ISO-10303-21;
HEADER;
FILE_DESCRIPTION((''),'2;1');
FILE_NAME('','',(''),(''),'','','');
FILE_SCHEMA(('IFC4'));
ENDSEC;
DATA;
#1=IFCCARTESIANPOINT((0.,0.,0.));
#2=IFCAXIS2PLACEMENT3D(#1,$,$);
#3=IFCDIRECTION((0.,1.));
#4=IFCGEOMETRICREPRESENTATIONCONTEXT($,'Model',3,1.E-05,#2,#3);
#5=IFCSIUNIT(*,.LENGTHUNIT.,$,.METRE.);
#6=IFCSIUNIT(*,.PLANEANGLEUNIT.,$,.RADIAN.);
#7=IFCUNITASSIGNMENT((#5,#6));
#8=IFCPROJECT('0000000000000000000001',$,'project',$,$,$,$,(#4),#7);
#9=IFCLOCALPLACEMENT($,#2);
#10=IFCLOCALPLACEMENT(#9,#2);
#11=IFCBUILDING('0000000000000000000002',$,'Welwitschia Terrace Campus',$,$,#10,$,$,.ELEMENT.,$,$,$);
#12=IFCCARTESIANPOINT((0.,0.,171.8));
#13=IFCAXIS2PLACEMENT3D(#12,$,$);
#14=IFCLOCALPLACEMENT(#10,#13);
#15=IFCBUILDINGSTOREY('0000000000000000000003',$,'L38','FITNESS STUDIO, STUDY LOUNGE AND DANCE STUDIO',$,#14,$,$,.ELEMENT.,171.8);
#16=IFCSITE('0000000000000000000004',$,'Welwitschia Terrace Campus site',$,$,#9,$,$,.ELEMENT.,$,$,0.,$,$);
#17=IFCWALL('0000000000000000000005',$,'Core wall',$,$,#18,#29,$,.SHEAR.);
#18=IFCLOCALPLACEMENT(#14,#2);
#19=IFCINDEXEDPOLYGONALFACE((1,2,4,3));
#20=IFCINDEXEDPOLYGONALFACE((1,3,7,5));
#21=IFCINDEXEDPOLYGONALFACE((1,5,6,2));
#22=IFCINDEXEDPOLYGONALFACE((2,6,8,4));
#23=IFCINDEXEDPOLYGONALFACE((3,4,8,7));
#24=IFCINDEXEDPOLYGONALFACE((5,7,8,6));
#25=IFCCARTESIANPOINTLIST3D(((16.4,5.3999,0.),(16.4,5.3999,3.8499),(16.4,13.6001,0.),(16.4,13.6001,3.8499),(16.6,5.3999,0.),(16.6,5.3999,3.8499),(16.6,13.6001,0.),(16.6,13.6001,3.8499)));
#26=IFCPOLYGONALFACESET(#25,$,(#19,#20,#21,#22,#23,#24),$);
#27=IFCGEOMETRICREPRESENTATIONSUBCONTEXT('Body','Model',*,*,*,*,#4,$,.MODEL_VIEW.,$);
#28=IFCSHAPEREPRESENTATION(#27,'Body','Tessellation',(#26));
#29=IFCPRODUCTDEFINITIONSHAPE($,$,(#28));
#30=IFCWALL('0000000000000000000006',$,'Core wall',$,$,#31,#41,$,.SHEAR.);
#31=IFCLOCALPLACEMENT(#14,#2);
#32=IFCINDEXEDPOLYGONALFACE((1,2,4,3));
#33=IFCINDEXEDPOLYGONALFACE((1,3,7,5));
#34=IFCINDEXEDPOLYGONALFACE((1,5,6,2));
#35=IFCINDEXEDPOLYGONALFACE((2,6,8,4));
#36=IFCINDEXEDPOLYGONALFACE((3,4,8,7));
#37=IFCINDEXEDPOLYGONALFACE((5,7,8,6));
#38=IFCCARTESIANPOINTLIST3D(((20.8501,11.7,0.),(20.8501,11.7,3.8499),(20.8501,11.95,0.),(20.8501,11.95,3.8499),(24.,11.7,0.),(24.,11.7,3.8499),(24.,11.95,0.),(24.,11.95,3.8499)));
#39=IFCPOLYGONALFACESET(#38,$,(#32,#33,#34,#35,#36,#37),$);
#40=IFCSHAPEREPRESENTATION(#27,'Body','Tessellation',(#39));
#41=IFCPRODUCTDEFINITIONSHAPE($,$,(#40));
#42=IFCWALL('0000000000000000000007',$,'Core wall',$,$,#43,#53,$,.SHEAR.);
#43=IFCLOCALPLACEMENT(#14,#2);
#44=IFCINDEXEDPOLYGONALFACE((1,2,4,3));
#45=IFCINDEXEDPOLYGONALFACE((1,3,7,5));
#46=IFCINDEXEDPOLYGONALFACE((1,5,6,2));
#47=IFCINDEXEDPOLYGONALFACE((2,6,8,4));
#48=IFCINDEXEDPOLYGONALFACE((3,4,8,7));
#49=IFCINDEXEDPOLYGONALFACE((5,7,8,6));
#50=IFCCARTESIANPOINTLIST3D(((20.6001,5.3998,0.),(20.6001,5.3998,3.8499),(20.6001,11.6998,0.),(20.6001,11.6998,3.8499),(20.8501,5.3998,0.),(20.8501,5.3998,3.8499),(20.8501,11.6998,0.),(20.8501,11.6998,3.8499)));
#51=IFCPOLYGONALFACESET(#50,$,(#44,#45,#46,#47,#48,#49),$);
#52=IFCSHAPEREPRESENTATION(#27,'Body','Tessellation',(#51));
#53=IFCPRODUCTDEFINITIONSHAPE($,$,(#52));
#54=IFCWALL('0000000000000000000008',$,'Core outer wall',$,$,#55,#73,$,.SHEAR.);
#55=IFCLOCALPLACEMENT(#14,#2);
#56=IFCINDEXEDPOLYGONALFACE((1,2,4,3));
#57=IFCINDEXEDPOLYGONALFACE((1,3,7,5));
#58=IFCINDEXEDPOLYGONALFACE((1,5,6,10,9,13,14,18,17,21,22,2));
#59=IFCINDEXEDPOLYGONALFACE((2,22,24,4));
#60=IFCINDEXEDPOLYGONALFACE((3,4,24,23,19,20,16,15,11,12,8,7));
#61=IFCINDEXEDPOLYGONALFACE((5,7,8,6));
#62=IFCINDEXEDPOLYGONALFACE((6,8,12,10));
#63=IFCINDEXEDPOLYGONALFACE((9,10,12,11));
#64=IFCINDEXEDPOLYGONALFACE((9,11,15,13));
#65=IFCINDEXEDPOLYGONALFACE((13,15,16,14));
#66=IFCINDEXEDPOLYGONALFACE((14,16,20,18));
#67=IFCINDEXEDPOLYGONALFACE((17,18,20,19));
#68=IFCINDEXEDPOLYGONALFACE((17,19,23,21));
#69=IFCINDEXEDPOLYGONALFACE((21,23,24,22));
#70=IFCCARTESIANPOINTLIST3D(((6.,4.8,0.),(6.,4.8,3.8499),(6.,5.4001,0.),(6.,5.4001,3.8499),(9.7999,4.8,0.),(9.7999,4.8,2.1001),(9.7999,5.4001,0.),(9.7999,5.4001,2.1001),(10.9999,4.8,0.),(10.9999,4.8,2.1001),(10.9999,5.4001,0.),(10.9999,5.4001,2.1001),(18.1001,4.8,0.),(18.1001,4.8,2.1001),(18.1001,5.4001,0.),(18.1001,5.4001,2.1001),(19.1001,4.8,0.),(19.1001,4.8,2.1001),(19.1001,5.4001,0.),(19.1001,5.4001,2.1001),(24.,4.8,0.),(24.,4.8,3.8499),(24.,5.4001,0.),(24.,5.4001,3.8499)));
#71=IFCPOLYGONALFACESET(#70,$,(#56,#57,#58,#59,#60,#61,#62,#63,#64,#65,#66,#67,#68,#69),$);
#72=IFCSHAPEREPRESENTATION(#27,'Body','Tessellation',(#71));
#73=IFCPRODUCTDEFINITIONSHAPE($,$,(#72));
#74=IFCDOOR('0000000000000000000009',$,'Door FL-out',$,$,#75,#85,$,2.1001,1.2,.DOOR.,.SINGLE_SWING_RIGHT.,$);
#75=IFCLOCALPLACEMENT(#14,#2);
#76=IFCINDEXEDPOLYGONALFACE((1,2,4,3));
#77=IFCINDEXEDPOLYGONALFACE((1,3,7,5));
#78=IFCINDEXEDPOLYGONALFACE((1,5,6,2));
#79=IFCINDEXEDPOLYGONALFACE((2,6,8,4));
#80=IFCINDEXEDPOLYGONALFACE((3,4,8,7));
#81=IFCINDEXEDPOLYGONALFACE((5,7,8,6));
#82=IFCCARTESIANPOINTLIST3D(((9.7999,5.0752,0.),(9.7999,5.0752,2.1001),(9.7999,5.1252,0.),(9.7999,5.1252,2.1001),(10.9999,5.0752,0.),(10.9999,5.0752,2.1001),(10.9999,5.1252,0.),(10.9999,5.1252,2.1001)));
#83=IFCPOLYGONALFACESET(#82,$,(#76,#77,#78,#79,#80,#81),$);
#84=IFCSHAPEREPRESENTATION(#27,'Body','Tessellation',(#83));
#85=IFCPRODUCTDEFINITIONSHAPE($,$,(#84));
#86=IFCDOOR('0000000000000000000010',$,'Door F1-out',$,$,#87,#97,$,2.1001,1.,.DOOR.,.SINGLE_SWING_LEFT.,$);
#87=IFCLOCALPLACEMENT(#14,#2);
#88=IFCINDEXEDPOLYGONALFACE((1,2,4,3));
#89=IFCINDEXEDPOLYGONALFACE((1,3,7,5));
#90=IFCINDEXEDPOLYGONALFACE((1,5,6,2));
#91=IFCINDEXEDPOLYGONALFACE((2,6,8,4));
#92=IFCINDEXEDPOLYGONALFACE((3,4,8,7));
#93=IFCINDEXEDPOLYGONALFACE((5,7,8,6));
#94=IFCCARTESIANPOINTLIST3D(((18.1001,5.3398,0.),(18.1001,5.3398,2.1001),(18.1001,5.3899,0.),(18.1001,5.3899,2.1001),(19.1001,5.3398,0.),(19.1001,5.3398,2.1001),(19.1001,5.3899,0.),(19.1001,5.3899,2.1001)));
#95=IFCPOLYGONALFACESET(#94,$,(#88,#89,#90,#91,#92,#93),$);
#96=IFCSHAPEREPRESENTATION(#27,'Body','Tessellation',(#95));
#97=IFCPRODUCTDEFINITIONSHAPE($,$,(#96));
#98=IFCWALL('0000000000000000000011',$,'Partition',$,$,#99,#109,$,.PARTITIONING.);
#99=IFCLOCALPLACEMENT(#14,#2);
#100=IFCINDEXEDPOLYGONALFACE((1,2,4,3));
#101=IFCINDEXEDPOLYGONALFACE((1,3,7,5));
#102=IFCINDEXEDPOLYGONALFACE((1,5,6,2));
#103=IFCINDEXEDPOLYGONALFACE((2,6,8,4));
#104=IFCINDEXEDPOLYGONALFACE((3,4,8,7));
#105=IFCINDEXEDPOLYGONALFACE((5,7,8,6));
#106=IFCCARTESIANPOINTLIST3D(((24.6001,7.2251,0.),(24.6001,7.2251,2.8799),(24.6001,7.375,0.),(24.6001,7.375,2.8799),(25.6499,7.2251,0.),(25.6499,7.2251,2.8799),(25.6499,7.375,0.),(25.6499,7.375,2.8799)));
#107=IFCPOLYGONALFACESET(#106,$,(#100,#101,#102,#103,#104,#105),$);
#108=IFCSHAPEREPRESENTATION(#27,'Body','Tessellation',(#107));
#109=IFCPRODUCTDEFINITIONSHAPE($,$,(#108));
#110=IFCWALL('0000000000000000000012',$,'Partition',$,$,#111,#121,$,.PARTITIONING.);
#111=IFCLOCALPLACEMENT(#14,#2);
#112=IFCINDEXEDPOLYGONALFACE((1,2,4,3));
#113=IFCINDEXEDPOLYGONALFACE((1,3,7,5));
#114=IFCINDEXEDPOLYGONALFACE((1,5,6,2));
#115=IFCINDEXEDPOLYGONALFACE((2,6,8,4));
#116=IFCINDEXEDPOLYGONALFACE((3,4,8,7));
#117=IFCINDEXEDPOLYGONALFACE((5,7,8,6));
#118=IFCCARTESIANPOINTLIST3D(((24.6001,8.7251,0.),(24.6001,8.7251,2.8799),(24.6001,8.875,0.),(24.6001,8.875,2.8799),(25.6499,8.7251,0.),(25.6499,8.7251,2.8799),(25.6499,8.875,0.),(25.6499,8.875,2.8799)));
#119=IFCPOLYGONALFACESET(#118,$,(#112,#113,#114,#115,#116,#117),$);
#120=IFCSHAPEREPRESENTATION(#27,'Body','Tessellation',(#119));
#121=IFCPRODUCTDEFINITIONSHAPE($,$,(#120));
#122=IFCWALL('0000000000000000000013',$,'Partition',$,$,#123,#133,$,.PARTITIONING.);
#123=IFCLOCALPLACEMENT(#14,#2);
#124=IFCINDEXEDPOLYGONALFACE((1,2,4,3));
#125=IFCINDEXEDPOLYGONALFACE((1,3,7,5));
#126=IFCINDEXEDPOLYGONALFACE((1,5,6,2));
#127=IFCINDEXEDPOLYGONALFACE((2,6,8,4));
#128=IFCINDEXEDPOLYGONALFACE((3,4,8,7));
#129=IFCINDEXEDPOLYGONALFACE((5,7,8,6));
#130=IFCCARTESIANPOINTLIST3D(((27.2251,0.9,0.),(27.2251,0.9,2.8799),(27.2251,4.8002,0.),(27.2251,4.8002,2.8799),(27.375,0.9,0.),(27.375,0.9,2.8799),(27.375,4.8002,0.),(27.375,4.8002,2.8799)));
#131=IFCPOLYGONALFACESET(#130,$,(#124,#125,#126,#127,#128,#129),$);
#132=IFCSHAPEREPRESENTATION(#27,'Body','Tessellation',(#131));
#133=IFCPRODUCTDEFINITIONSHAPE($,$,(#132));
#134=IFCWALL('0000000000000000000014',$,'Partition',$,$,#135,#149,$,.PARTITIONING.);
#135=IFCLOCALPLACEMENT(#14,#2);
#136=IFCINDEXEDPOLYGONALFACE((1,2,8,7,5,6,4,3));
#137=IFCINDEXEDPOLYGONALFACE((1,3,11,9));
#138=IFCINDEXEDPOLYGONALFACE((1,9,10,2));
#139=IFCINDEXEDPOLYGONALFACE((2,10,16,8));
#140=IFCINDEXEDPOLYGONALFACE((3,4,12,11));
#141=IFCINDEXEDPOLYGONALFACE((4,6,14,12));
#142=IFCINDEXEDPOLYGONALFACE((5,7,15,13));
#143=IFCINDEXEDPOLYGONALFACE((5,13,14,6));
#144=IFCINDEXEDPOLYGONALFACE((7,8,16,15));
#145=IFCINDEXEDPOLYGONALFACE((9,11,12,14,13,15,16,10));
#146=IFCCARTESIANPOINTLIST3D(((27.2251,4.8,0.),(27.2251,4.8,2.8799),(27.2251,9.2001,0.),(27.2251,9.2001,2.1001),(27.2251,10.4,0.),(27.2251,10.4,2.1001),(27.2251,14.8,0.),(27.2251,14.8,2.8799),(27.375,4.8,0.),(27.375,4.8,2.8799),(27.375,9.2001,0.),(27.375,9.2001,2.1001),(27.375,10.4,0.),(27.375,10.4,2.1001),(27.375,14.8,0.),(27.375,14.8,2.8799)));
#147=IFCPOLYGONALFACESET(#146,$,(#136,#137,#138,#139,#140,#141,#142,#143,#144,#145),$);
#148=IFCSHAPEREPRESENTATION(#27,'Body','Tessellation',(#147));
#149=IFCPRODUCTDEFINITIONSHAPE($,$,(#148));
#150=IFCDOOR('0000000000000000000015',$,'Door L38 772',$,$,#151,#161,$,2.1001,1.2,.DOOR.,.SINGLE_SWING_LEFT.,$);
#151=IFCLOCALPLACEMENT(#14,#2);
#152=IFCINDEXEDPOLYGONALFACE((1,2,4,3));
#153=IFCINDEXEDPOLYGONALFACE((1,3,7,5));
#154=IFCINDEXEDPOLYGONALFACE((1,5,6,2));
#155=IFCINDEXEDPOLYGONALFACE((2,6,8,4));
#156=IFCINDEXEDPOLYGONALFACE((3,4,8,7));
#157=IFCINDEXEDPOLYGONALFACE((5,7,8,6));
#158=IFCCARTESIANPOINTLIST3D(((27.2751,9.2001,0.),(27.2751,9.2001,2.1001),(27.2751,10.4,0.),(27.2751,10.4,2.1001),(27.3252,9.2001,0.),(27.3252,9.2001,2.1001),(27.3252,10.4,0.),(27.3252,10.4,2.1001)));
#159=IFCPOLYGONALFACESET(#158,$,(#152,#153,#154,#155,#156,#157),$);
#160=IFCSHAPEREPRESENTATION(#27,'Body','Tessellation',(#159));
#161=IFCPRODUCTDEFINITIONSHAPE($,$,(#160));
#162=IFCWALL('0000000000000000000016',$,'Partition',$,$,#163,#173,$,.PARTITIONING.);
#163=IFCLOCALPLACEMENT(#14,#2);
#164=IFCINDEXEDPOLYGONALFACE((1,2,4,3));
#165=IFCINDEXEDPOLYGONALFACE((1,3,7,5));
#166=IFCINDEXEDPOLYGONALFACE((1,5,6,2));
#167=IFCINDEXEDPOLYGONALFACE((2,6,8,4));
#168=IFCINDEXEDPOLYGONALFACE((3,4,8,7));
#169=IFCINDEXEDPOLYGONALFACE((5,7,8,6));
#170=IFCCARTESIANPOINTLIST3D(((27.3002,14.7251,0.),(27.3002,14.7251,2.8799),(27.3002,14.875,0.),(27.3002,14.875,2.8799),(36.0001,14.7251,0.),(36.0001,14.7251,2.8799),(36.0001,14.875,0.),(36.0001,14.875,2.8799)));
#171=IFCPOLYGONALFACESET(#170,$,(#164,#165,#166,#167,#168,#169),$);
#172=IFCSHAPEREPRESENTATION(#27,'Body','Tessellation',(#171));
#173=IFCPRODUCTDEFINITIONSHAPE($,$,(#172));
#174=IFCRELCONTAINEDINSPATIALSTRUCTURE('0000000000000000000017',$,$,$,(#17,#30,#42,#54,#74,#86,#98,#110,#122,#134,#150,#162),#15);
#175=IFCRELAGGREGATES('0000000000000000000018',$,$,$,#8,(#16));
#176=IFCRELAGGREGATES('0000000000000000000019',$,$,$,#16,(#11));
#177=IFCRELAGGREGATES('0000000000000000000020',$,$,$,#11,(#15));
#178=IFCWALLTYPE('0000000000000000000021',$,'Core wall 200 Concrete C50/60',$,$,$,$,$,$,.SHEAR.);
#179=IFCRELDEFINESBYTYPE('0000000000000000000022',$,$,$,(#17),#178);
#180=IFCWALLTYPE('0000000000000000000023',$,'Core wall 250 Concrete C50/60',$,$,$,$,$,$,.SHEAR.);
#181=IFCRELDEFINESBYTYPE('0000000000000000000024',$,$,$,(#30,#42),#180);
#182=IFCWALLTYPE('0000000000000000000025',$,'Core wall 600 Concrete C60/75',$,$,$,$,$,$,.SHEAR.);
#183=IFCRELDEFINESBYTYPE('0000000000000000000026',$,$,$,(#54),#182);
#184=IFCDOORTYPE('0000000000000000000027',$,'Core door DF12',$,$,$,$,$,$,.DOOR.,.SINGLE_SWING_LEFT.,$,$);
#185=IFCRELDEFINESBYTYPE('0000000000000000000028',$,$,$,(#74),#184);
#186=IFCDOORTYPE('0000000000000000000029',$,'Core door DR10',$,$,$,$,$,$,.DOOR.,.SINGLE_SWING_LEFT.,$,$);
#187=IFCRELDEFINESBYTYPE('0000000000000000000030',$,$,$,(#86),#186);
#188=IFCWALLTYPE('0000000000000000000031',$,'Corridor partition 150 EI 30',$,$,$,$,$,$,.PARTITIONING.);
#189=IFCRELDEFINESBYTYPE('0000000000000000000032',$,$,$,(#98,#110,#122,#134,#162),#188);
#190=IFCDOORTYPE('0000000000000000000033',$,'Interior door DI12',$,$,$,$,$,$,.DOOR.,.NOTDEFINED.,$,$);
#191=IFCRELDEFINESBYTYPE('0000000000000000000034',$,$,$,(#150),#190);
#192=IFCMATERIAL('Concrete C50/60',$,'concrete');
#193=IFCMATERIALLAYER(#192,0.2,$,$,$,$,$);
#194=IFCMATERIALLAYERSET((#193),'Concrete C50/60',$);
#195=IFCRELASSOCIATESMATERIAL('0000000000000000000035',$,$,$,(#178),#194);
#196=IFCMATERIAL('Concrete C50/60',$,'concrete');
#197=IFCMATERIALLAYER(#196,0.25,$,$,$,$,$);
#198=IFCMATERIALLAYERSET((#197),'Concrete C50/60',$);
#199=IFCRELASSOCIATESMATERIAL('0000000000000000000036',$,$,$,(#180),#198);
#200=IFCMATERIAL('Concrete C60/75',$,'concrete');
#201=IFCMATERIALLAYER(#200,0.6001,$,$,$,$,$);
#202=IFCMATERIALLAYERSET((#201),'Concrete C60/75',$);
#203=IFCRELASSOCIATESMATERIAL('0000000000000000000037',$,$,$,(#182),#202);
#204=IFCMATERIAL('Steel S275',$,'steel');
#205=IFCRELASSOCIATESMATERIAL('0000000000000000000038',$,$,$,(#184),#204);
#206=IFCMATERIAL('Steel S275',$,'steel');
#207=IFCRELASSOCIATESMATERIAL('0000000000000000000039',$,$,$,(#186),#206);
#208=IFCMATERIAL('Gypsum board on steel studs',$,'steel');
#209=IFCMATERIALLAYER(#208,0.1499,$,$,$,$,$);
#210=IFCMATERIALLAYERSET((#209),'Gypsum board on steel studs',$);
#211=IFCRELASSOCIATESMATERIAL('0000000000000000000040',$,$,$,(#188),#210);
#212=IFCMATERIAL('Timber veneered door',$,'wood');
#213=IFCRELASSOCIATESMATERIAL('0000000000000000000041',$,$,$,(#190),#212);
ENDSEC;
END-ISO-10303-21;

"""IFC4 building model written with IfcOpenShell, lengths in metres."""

from ifc_helpers import new_model, si_unit, direction, frame, frame_2d, origin, place, context, subcontext, project, spatial, rectangle, extrude, material, layer, layer_set, type_object, element, fill, save


model = new_model("IFC4")

# Units and contexts
model_context = context("Model", 3, precision=1e-05, world=origin(), true_north=direction((0.0, 1.0)))
body_context = subcontext(model_context, "Body", "Model", "MODEL_VIEW")
ifc_project = project(units=[si_unit("LENGTHUNIT", "METRE"), si_unit("PLANEANGLEUNIT", "RADIAN")], contexts=[model_context])

# Site, building, storey
site_placement = place(None, origin())
site = spatial("IfcSite", under=ifc_project, at=site_placement, Name="Welwitschia Terrace Campus site", CompositionType="ELEMENT", RefElevation=0.0)
building_placement = place(site_placement, origin())
building = spatial("IfcBuilding", under=site, at=building_placement, Name="Welwitschia Terrace Campus", CompositionType="ELEMENT")
storey_placement = place(building_placement, frame((0.0, 0.0, 171.8)))
storey = spatial("IfcBuildingStorey", under=building, at=storey_placement, Name="L38", Description="FITNESS STUDIO, STUDY LOUNGE AND DANCE STUDIO", CompositionType="ELEMENT", Elevation=171.8)

# Walls
ifc_material_1 = material(Name="Concrete C50/60", Category="concrete")
ifc_layer_1 = layer(ifc_material_1, 0.2)
ifc_layer_set_1 = layer_set([ifc_layer_1], Name="Concrete C50/60")
wall_type_1 = type_object("IfcWallType", Name="Core wall 200 Concrete C50/60", PredefinedType="SHEAR", material=ifc_layer_set_1)
wall_1_placement = place(storey_placement, frame((16.5, 5.3999, 0.0), z_axis=(0.0, 0.0, 1.0), x_axis=(0.0, 1.0, 0.0)))
element("IfcWall", 1, at=wall_1_placement, inside=storey, type_object=wall_type_1, Name="Core wall", PredefinedType="SHEAR", context=body_context, shape_type="SweptSolid", body=[
    extrude(rectangle(XDim=8.2002, YDim=0.2, at=frame_2d((4.1001, 0.0))), origin(), (0.0, 0.0, 1.0), 3.8499),
])
ifc_material_2 = material(Name="Concrete C50/60", Category="concrete")
ifc_layer_2 = layer(ifc_material_2, 0.25)
ifc_layer_set_2 = layer_set([ifc_layer_2], Name="Concrete C50/60")
wall_type_2 = type_object("IfcWallType", Name="Core wall 250 Concrete C50/60", PredefinedType="SHEAR", material=ifc_layer_set_2)
wall_2_placement = place(storey_placement, frame((20.8501, 11.825, 0.0), z_axis=(0.0, 0.0, 1.0), x_axis=(1.0, 0.0, 0.0)))
element("IfcWall", 2, at=wall_2_placement, inside=storey, type_object=wall_type_2, Name="Core wall", PredefinedType="SHEAR", context=body_context, shape_type="SweptSolid", body=[
    extrude(rectangle(XDim=3.1499, YDim=0.25, at=frame_2d((1.575, 0.0))), origin(), (0.0, 0.0, 1.0), 3.8499),
])
wall_3_placement = place(storey_placement, frame((20.7251, 5.3999, 0.0), z_axis=(0.0, 0.0, 1.0), x_axis=(0.0, 1.0, 0.0)))
element("IfcWall", 3, at=wall_3_placement, inside=storey, type_object=wall_type_2, Name="Core wall", PredefinedType="SHEAR", context=body_context, shape_type="SweptSolid", body=[
    extrude(rectangle(XDim=6.3, YDim=0.25, at=frame_2d((3.1499, 0.0))), origin(), (0.0, 0.0, 1.0), 3.8499),
])

# Wall, openings, doors
ifc_material_3 = material(Name="Concrete C60/75", Category="concrete")
ifc_layer_3 = layer(ifc_material_3, 0.6001)
ifc_layer_set_3 = layer_set([ifc_layer_3], Name="Concrete C60/75")
wall_type_3 = type_object("IfcWallType", Name="Core wall 600 Concrete C60/75", PredefinedType="SHEAR", material=ifc_layer_set_3)
wall_4_placement = place(storey_placement, frame((24.0, 5.1001, 0.0), z_axis=(0.0, 0.0, 1.0), x_axis=(-1.0, 0.0, 0.0)))
wall_4 = element("IfcWall", 4, at=wall_4_placement, inside=storey, type_object=wall_type_3, Name="Core outer wall", PredefinedType="SHEAR", context=body_context, shape_type="SweptSolid", body=[
    extrude(rectangle(XDim=18.0, YDim=0.6001, at=frame_2d((9.0, 0.0))), origin(), (0.0, 0.0, 1.0), 3.8499),
])
opening_1_placement = place(wall_4_placement, frame((13.0, 0.0, 0.0)))
opening_1 = element("IfcOpeningElement", 5, at=opening_1_placement, cuts=wall_4, PredefinedType="OPENING", context=body_context, shape_type="SweptSolid", body=[
    extrude(rectangle(XDim=1.2, YDim=2.1001, at=frame_2d((0.6001, 1.05))), frame((0.0, 0.3101, 0.0), z_axis=(0.0, -1.0, 0.0), x_axis=(1.0, 0.0, 0.0)), (0.0, 0.0, 1.0), 0.6201),
])
opening_2_placement = place(wall_4_placement, frame((4.8999, 0.0, 0.0)))
opening_2 = element("IfcOpeningElement", 6, at=opening_2_placement, cuts=wall_4, PredefinedType="OPENING", context=body_context, shape_type="SweptSolid", body=[
    extrude(rectangle(XDim=1.0, YDim=2.1001, at=frame_2d((0.5, 1.05))), frame((0.0, 0.3101, 0.0), z_axis=(0.0, -1.0, 0.0), x_axis=(1.0, 0.0, 0.0)), (0.0, 0.0, 1.0), 0.6201),
])
ifc_material_4 = material(Name="Steel S275", Category="steel")
door_type_1 = type_object("IfcDoorType", Name="Core door DF12", OperationType="SINGLE_SWING_LEFT", PredefinedType="DOOR", material=ifc_material_4)
door_1_placement = place(opening_1_placement, origin())
door_1 = element("IfcDoor", 7, at=door_1_placement, inside=storey, type_object=door_type_1, Name="Door FL-out", OperationType="SINGLE_SWING_RIGHT", OverallHeight=2.1001, OverallWidth=1.2, PredefinedType="DOOR", context=body_context, shape_type="SweptSolid", body=[
    extrude(rectangle(XDim=1.2, YDim=2.1001, at=frame_2d((0.6001, 1.05))), frame((0.0, 0.0249, 0.0), z_axis=(0.0, -1.0, 0.0), x_axis=(1.0, 0.0, 0.0)), (0.0, 0.0, 1.0), 0.05),
])
fill(opening_1, door_1)
ifc_material_5 = material(Name="Steel S275", Category="steel")
door_type_2 = type_object("IfcDoorType", Name="Core door DR10", OperationType="SINGLE_SWING_LEFT", PredefinedType="DOOR", material=ifc_material_5)
door_2_placement = place(opening_2_placement, origin())
door_2 = element("IfcDoor", 8, at=door_2_placement, inside=storey, type_object=door_type_2, Name="Door F1-out", OperationType="SINGLE_SWING_LEFT", OverallHeight=2.1001, OverallWidth=1.0, PredefinedType="DOOR", context=body_context, shape_type="SweptSolid", body=[
    extrude(rectangle(XDim=1.0, YDim=2.1001, at=frame_2d((0.5, 1.05))), frame((0.0, -0.2397, 0.0), z_axis=(0.0, -1.0, 0.0), x_axis=(1.0, 0.0, 0.0)), (0.0, 0.0, 1.0), 0.05),
])
fill(opening_2, door_2)

# Walls
ifc_material_6 = material(Name="Gypsum board on steel studs", Category="steel")
ifc_layer_4 = layer(ifc_material_6, 0.1499)
ifc_layer_set_4 = layer_set([ifc_layer_4], Name="Gypsum board on steel studs")
wall_type_4 = type_object("IfcWallType", Name="Corridor partition 150 EI 30", PredefinedType="PARTITIONING", material=ifc_layer_set_4)
for number, where, z_axis, x_axis, name in (
    (9, (24.6001, 7.3, 0.0), (0.0, 0.0, 1.0), (1.0, 0.0, 0.0), "Partition"),
    (10, (24.6001, 8.8, 0.0), (0.0, 0.0, 1.0), (1.0, 0.0, 0.0), "Partition"),
):
    element("IfcWall", number, at=place(storey_placement, frame(where, z_axis=z_axis, x_axis=x_axis)), inside=storey, type_object=wall_type_4, Name=name, PredefinedType="PARTITIONING", context=body_context, shape_type="SweptSolid", body=[
        extrude(rectangle(XDim=1.0498, YDim=0.1499, at=frame_2d((0.5249, 0.0))), origin(), (0.0, 0.0, 1.0), 2.8799),
    ])
wall_5_placement = place(storey_placement, frame((27.3, 0.8999, 0.0), z_axis=(0.0, 0.0, 1.0), x_axis=(0.0, 1.0, 0.0)))
element("IfcWall", 11, at=wall_5_placement, inside=storey, type_object=wall_type_4, Name="Partition", PredefinedType="PARTITIONING", context=body_context, shape_type="SweptSolid", body=[
    extrude(rectangle(XDim=3.9001, YDim=0.1499, at=frame_2d((1.9502, 0.0))), origin(), (0.0, 0.0, 1.0), 2.8799),
])

# Wall, opening, door
wall_6_placement = place(storey_placement, frame((27.3, 4.8, 0.0), z_axis=(0.0, 0.0, 1.0), x_axis=(0.0, 1.0, 0.0)))
wall_6 = element("IfcWall", 12, at=wall_6_placement, inside=storey, type_object=wall_type_4, Name="Partition", PredefinedType="PARTITIONING", context=body_context, shape_type="SweptSolid", body=[
    extrude(rectangle(XDim=10.0, YDim=0.1499, at=frame_2d((5.0, 0.0))), origin(), (0.0, 0.0, 1.0), 2.8799),
])
opening_3_placement = place(wall_6_placement, frame((4.3999, 0.0, 0.0)))
opening_3 = element("IfcOpeningElement", 13, at=opening_3_placement, cuts=wall_6, PredefinedType="OPENING", context=body_context, shape_type="SweptSolid", body=[
    extrude(rectangle(XDim=1.2, YDim=2.1001, at=frame_2d((0.6001, 1.05))), frame((0.0, 0.085, 0.0), z_axis=(0.0, -1.0, 0.0), x_axis=(1.0, 0.0, 0.0)), (0.0, 0.0, 1.0), 0.1699),
])
ifc_material_7 = material(Name="Timber veneered door", Category="wood")
door_type_3 = type_object("IfcDoorType", Name="Interior door DI12", OperationType="NOTDEFINED", PredefinedType="DOOR", material=ifc_material_7)
door_3_placement = place(opening_3_placement, origin())
door_3 = element("IfcDoor", 14, at=door_3_placement, inside=storey, type_object=door_type_3, Name="Door L38 772", OperationType="SINGLE_SWING_LEFT", OverallHeight=2.1001, OverallWidth=1.2, PredefinedType="DOOR", context=body_context, shape_type="SweptSolid", body=[
    extrude(rectangle(XDim=1.2, YDim=2.1001, at=frame_2d((0.6001, 1.05))), frame((0.0, 0.0249, 0.0), z_axis=(0.0, -1.0, 0.0), x_axis=(1.0, 0.0, 0.0)), (0.0, 0.0, 1.0), 0.05),
])
fill(opening_3, door_3)

# Wall
wall_7_placement = place(storey_placement, frame((27.3, 14.8, 0.0), z_axis=(0.0, 0.0, 1.0), x_axis=(1.0, 0.0, 0.0)))
element("IfcWall", 15, at=wall_7_placement, inside=storey, type_object=wall_type_4, Name="Partition", PredefinedType="PARTITIONING", context=body_context, shape_type="SweptSolid", body=[
    extrude(rectangle(XDim=8.7, YDim=0.1499, at=frame_2d((4.3501, 0.0))), origin(), (0.0, 0.0, 1.0), 2.8799),
])

save(model, "model.ifc")
